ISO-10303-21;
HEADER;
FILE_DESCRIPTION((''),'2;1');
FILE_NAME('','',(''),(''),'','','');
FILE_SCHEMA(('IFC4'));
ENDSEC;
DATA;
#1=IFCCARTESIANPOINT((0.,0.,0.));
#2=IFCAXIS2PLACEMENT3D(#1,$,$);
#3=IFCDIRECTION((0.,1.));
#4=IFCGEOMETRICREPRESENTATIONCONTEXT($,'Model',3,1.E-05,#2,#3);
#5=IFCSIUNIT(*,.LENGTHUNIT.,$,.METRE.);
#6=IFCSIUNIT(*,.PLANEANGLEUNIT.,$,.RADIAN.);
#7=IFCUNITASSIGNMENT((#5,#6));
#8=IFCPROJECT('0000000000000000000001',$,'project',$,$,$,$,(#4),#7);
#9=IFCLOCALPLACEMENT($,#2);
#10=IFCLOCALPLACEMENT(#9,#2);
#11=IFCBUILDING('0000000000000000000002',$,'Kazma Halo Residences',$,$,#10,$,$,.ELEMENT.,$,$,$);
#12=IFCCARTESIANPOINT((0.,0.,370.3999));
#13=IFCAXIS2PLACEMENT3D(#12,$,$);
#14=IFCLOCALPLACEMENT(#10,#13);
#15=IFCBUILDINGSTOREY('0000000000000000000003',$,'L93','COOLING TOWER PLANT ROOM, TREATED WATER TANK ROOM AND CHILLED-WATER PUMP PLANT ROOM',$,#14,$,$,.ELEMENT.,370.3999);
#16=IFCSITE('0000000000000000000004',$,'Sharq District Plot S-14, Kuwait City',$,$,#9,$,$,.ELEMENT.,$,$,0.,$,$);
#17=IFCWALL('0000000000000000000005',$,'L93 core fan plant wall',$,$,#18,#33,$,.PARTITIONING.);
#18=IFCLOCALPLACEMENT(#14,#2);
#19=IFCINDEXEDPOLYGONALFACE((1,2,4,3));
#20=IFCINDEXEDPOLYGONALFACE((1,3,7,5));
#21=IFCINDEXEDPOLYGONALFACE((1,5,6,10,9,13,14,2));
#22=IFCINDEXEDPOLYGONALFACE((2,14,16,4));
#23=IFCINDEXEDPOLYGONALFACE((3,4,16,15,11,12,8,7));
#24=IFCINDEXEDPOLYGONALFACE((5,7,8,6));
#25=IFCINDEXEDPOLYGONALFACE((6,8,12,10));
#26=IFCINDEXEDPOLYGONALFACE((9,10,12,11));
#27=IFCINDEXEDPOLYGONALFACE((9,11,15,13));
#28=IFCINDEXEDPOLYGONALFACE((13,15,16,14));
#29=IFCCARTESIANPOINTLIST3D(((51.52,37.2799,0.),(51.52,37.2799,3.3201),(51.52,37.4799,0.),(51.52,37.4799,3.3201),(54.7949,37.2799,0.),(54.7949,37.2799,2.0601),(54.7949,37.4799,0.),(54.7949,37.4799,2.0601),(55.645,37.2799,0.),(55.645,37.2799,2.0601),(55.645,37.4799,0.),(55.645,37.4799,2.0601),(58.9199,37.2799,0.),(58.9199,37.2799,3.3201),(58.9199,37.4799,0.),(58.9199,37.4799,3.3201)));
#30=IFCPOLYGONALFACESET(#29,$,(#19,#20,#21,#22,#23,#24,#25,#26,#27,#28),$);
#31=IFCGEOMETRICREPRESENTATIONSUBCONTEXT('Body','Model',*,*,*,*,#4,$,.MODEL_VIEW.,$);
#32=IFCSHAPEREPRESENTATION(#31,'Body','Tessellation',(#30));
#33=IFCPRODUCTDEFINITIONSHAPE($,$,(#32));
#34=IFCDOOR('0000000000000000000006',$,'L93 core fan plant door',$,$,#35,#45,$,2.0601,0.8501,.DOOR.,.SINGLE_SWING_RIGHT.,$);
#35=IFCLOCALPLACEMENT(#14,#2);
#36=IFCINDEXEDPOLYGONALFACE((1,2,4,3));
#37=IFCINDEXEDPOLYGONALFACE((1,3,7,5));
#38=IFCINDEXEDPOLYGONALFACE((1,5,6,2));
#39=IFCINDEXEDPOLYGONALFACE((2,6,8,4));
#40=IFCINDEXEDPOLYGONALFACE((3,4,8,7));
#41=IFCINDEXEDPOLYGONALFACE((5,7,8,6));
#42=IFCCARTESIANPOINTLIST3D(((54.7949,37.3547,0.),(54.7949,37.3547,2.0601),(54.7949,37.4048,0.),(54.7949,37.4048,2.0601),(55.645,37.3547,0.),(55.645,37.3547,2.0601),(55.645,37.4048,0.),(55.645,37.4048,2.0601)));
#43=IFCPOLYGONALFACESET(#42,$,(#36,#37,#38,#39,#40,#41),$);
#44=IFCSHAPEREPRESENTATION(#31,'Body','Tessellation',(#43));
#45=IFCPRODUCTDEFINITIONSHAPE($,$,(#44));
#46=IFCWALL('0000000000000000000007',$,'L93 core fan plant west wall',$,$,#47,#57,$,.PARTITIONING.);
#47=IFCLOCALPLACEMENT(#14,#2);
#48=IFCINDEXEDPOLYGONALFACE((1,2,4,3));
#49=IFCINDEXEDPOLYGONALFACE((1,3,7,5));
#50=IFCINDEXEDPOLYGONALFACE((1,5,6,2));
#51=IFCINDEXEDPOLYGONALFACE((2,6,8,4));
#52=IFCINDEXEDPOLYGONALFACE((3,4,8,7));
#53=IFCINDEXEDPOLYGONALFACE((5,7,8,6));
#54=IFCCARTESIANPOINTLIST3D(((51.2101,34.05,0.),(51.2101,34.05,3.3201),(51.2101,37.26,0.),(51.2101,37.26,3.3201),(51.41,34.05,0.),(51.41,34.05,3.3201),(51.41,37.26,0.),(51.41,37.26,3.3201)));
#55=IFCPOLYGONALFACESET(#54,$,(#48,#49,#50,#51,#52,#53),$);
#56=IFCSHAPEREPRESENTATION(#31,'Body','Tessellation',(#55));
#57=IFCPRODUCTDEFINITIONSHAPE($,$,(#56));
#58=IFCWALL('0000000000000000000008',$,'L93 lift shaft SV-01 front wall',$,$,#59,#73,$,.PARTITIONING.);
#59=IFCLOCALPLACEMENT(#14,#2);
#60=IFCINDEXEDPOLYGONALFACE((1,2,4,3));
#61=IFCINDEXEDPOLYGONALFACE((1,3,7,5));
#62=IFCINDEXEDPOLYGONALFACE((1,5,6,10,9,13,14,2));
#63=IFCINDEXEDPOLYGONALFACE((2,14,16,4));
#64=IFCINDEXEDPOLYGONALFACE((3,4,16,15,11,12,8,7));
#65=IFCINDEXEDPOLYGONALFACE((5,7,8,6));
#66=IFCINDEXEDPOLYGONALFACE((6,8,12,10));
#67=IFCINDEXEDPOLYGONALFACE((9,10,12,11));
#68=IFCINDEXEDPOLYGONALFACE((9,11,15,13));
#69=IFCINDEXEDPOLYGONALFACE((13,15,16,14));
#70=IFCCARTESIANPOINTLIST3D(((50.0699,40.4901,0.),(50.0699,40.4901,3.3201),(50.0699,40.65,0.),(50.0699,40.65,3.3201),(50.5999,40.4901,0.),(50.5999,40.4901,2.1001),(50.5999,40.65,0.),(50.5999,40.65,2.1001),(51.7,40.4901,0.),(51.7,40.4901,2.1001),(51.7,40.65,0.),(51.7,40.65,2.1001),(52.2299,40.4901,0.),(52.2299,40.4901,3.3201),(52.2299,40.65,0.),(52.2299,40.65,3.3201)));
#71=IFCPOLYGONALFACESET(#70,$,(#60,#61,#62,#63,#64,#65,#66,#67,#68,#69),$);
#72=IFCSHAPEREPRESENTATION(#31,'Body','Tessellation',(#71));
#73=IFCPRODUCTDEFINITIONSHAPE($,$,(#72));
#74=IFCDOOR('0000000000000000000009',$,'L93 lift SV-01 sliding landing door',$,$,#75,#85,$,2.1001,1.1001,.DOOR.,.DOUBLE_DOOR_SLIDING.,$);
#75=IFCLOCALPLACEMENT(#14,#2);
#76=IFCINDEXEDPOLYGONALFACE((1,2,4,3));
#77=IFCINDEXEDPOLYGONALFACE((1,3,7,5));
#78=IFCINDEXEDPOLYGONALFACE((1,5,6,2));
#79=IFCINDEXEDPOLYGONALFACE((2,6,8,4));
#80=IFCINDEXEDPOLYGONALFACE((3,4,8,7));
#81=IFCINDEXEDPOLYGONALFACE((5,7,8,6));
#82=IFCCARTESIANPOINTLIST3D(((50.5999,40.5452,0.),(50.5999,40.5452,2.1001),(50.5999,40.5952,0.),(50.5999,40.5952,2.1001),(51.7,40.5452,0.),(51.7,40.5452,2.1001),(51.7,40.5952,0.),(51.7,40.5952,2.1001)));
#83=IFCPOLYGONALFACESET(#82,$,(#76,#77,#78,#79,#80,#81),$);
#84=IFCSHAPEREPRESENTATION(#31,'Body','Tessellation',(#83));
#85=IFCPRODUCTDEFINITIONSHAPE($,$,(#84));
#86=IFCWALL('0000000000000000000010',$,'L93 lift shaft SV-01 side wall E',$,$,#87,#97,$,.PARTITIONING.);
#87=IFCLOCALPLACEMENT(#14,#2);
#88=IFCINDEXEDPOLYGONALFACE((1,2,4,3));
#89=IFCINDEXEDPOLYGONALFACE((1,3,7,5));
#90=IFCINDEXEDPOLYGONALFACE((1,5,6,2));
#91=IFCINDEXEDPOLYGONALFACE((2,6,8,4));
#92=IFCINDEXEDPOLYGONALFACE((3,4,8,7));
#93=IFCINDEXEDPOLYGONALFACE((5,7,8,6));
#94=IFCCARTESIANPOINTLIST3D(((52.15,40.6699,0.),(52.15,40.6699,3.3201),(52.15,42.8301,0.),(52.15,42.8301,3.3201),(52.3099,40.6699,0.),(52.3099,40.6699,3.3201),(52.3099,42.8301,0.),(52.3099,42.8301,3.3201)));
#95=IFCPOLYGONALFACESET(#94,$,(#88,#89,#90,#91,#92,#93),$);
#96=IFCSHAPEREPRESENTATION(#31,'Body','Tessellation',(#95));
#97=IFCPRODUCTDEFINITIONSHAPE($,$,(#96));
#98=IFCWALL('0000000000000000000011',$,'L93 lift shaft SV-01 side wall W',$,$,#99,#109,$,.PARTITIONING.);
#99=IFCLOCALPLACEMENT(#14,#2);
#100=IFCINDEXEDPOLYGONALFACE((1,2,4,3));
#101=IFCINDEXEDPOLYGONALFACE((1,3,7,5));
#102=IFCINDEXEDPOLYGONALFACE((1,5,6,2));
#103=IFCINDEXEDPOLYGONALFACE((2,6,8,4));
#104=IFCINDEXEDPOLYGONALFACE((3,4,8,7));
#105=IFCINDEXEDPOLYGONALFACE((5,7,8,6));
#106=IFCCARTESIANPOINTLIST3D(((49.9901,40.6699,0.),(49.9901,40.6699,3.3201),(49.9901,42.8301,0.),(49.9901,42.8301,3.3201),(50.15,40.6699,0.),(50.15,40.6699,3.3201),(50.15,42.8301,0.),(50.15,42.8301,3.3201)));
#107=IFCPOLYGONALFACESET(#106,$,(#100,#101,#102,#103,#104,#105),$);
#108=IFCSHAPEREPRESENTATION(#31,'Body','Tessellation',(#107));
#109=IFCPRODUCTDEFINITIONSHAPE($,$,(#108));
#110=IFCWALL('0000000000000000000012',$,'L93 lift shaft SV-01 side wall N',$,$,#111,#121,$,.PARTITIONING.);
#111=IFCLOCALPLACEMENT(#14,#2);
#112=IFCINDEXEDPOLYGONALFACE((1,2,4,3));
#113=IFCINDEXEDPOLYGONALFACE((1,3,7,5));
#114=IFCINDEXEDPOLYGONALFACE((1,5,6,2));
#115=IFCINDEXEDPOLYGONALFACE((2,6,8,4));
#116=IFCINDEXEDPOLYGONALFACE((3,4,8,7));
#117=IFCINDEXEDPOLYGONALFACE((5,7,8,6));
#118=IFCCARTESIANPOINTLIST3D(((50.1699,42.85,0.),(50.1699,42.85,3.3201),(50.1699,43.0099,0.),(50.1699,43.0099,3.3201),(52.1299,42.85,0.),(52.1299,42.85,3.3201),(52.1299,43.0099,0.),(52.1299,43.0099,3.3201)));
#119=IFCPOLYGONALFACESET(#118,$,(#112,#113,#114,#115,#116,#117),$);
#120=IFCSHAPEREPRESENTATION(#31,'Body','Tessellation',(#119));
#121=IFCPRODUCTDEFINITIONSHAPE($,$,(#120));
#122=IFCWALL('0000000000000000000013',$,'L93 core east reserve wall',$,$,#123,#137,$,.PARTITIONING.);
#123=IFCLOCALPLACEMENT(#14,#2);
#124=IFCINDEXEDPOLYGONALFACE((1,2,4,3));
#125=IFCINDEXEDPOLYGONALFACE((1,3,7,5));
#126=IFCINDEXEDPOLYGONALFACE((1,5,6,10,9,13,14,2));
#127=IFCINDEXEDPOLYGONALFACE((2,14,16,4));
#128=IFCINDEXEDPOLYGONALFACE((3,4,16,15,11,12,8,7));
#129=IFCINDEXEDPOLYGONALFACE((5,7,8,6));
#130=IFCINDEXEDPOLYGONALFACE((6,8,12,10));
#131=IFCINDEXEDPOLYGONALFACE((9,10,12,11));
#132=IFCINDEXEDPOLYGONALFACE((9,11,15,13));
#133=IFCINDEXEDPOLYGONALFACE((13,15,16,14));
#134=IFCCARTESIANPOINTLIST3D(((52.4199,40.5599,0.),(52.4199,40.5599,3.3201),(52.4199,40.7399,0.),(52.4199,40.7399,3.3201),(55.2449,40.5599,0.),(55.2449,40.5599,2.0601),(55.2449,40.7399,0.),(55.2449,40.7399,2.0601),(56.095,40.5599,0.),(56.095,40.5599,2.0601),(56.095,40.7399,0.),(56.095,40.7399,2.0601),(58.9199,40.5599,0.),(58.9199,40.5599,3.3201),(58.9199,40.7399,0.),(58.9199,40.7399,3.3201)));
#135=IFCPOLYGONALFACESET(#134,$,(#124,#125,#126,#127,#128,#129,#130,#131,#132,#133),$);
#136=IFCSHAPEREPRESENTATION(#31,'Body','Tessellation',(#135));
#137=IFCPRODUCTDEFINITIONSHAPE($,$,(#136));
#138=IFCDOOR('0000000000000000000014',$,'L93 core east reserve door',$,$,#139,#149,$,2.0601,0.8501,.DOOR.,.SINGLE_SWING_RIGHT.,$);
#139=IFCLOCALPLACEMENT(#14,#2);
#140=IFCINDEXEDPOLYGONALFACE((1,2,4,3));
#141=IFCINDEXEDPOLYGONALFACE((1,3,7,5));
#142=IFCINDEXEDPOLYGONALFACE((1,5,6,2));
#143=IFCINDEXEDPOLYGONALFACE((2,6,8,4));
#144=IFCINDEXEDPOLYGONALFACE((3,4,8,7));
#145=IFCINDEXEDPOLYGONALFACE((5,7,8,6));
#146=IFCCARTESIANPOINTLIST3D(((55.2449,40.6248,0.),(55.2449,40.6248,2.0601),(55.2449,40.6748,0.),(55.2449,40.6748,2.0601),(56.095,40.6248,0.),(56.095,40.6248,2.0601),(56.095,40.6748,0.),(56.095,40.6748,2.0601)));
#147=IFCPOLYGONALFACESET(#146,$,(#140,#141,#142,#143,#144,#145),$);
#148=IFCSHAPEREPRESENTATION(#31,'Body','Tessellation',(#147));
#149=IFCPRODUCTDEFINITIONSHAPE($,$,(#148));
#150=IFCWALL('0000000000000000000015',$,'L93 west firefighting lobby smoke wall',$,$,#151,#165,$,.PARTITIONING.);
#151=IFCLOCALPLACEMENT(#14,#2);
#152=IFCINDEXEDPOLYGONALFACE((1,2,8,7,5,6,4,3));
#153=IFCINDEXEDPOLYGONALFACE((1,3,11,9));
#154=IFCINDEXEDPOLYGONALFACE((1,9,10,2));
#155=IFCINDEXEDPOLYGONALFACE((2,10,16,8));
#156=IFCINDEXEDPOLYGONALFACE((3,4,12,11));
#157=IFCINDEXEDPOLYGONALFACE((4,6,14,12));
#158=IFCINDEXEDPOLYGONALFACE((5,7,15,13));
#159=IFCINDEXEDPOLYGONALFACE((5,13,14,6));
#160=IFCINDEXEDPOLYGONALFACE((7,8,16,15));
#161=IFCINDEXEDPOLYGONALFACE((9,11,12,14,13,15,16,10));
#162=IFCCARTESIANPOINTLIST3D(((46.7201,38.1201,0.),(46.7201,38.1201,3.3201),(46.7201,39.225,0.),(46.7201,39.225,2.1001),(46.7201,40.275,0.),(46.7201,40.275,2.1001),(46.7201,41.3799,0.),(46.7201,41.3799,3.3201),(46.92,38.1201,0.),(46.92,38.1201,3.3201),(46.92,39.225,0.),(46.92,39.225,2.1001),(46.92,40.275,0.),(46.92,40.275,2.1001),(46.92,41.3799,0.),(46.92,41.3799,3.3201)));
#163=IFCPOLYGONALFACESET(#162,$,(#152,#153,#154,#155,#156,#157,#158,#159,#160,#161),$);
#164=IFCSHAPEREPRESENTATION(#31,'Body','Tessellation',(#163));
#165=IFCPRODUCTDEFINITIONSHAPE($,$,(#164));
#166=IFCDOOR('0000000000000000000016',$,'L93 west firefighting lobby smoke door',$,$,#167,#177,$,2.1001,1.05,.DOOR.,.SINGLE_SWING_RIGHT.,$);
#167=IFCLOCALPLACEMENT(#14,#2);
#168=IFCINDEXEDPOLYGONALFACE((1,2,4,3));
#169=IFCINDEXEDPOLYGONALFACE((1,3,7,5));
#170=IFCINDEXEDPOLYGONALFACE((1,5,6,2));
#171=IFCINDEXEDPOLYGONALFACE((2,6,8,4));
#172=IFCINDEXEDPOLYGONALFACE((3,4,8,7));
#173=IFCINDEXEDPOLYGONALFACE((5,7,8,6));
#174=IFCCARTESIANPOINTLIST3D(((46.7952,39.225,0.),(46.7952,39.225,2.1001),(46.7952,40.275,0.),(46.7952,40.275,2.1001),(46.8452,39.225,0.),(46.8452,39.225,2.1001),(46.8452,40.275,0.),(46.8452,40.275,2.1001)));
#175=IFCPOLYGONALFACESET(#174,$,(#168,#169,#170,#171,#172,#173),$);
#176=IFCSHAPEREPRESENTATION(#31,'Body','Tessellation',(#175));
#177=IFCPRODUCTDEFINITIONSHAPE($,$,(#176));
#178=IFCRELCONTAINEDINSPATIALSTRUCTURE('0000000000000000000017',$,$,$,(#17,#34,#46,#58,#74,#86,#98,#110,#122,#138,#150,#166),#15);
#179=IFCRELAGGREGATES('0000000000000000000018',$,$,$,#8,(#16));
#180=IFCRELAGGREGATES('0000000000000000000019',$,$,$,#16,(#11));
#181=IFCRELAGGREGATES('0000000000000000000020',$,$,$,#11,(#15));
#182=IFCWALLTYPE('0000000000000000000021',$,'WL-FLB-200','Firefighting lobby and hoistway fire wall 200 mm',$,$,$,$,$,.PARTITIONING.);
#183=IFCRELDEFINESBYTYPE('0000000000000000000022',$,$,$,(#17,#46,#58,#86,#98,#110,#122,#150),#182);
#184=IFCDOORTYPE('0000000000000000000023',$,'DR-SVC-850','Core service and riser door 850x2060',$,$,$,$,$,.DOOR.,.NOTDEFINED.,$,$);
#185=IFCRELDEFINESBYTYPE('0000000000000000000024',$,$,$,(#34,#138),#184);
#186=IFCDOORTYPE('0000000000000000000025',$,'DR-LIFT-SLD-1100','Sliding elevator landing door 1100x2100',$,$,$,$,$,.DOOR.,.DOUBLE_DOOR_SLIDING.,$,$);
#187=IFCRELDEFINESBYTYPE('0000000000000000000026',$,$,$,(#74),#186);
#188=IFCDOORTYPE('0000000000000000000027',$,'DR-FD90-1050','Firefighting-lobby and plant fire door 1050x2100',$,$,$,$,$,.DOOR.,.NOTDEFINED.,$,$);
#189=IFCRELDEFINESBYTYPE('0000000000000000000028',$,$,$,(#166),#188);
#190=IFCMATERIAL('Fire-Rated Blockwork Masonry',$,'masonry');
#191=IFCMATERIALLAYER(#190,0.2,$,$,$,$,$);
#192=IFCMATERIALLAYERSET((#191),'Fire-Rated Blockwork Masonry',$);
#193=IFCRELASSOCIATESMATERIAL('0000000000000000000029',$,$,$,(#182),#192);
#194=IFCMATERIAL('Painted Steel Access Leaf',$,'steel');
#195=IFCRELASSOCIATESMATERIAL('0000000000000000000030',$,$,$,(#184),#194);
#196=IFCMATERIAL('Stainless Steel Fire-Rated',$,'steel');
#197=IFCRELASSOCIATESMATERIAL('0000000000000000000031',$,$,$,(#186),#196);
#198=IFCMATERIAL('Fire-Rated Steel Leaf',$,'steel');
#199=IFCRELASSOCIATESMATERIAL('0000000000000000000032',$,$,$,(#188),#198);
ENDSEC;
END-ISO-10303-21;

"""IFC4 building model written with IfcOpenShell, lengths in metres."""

from ifc_helpers import new_model, si_unit, direction, frame, frame_2d, origin, place, context, subcontext, project, spatial, rectangle, extrude, material, layer, layer_set, type_object, element, fill, save


model = new_model("IFC4")

# Units and contexts
model_context = context("Model", 3, precision=1e-05, world=origin(), true_north=direction((0.0, 1.0)))
body_context = subcontext(model_context, "Body", "Model", "MODEL_VIEW")
ifc_project = project(units=[si_unit("LENGTHUNIT", "METRE"), si_unit("PLANEANGLEUNIT", "RADIAN")], contexts=[model_context])

# Site, building, storey
site_placement = place(None, origin())
site = spatial("IfcSite", under=ifc_project, at=site_placement, Name="Sharq District Plot S-14, Kuwait City", CompositionType="ELEMENT", RefElevation=0.0)
building_placement = place(site_placement, origin())
building = spatial("IfcBuilding", under=site, at=building_placement, Name="Kazma Halo Residences", CompositionType="ELEMENT")
storey_placement = place(building_placement, frame((0.0, 0.0, 370.3999)))
storey = spatial("IfcBuildingStorey", under=building, at=storey_placement, Name="L93", Description="COOLING TOWER PLANT ROOM, TREATED WATER TANK ROOM AND CHILLED-WATER PUMP PLANT ROOM", CompositionType="ELEMENT", Elevation=370.3999)

# Wall, opening, door
ifc_material_1 = material(Name="Fire-Rated Blockwork Masonry", Category="masonry")
ifc_layer_1 = layer(ifc_material_1, 0.2)
ifc_layer_set_1 = layer_set([ifc_layer_1], Name="Fire-Rated Blockwork Masonry")
wall_type_1 = type_object("IfcWallType", Name="WL-FLB-200", Description="Firefighting lobby and hoistway fire wall 200 mm", PredefinedType="PARTITIONING", material=ifc_layer_set_1)
wall_1_placement = place(storey_placement, frame((51.52, 37.3799, 0.0), z_axis=(0.0, 0.0, 1.0), x_axis=(1.0, 0.0, 0.0)))
wall_1 = element("IfcWall", 1, at=wall_1_placement, inside=storey, type_object=wall_type_1, Name="L93 core fan plant wall", PredefinedType="PARTITIONING", context=body_context, shape_type="SweptSolid", body=[
    extrude(rectangle(XDim=7.3999, YDim=0.2, at=frame_2d((3.7, 0.0))), origin(), (0.0, 0.0, 1.0), 3.3201),
])
opening_1_placement = place(wall_1_placement, frame((3.2749, 0.0, 0.0)))
opening_1 = element("IfcOpeningElement", 2, at=opening_1_placement, cuts=wall_1, PredefinedType="OPENING", context=body_context, shape_type="SweptSolid", body=[
    extrude(rectangle(XDim=0.8501, YDim=2.0601, at=frame_2d((0.425, 1.03))), frame((0.0, 0.1099, 0.0), z_axis=(0.0, -1.0, 0.0), x_axis=(1.0, 0.0, 0.0)), (0.0, 0.0, 1.0), 0.22),
])
ifc_material_2 = material(Name="Painted Steel Access Leaf", Category="steel")
door_type_1 = type_object("IfcDoorType", Name="DR-SVC-850", Description="Core service and riser door 850x2060", OperationType="NOTDEFINED", PredefinedType="DOOR", material=ifc_material_2)
door_1_placement = place(opening_1_placement, origin())
door_1 = element("IfcDoor", 3, at=door_1_placement, inside=storey, type_object=door_type_1, Name="L93 core fan plant door", OperationType="SINGLE_SWING_RIGHT", OverallHeight=2.0601, OverallWidth=0.8501, PredefinedType="DOOR", context=body_context, shape_type="SweptSolid", body=[
    extrude(rectangle(XDim=0.8501, YDim=2.0601, at=frame_2d((0.425, 1.03))), frame((0.0, 0.0249, 0.0), z_axis=(0.0, -1.0, 0.0), x_axis=(1.0, 0.0, 0.0)), (0.0, 0.0, 1.0), 0.05),
])
fill(opening_1, door_1)

# Wall
wall_2_placement = place(storey_placement, frame((51.3101, 34.05, 0.0), z_axis=(0.0, 0.0, 1.0), x_axis=(0.0, 1.0, 0.0)))
element("IfcWall", 4, at=wall_2_placement, inside=storey, type_object=wall_type_1, Name="L93 core fan plant west wall", PredefinedType="PARTITIONING", context=body_context, shape_type="SweptSolid", body=[
    extrude(rectangle(XDim=3.21, YDim=0.2, at=frame_2d((1.605, 0.0))), origin(), (0.0, 0.0, 1.0), 3.3201),
])

# Wall, opening, door
wall_3_placement = place(storey_placement, frame((52.23, 40.5701, 0.0), z_axis=(0.0, 0.0, 1.0), x_axis=(-1.0, 0.0, 0.0)))
wall_3 = element("IfcWall", 5, at=wall_3_placement, inside=storey, type_object=wall_type_1, Name="L93 lift shaft SV-01 front wall", PredefinedType="PARTITIONING", context=body_context, shape_type="SweptSolid", body=[
    extrude(rectangle(XDim=2.1599, YDim=0.1599, at=frame_2d((1.0801, 0.0))), origin(), (0.0, 0.0, 1.0), 3.3201),
])
opening_2_placement = place(wall_3_placement, frame((0.53, 0.0, 0.0)))
opening_2 = element("IfcOpeningElement", 6, at=opening_2_placement, cuts=wall_3, PredefinedType="OPENING", context=body_context, shape_type="SweptSolid", body=[
    extrude(rectangle(XDim=1.1001, YDim=2.1001, at=frame_2d((0.55, 1.05))), frame((0.0, 0.0898, 0.0), z_axis=(0.0, -1.0, 0.0), x_axis=(1.0, 0.0, 0.0)), (0.0, 0.0, 1.0), 0.1799),
])
ifc_material_3 = material(Name="Stainless Steel Fire-Rated", Category="steel")
door_type_2 = type_object("IfcDoorType", Name="DR-LIFT-SLD-1100", Description="Sliding elevator landing door 1100x2100", OperationType="DOUBLE_DOOR_SLIDING", PredefinedType="DOOR", material=ifc_material_3)
door_2_placement = place(opening_2_placement, origin())
door_2 = element("IfcDoor", 7, at=door_2_placement, inside=storey, type_object=door_type_2, Name="L93 lift SV-01 sliding landing door", OperationType="DOUBLE_DOOR_SLIDING", OverallHeight=2.1001, OverallWidth=1.1001, PredefinedType="DOOR", context=body_context, shape_type="SweptSolid", body=[
    extrude(rectangle(XDim=1.1001, YDim=2.1001, at=frame_2d((0.55, 1.05))), frame((0.0, 0.0249, 0.0), z_axis=(0.0, -1.0, 0.0), x_axis=(1.0, 0.0, 0.0)), (0.0, 0.0, 1.0), 0.05),
])
fill(opening_2, door_2)

# Walls
for number, where, z_axis, x_axis, name in (
    (8, (52.23, 40.6699, 0.0), (0.0, 0.0, 1.0), (0.0, 1.0, 0.0), "L93 lift shaft SV-01 side wall E"),
    (9, (50.0701, 40.6699, 0.0), (0.0, 0.0, 1.0), (0.0, 1.0, 0.0), "L93 lift shaft SV-01 side wall W"),
):
    element("IfcWall", number, at=place(storey_placement, frame(where, z_axis=z_axis, x_axis=x_axis)), inside=storey, type_object=wall_type_1, Name=name, PredefinedType="PARTITIONING", context=body_context, shape_type="SweptSolid", body=[
        extrude(rectangle(XDim=2.1602, YDim=0.1599, at=frame_2d((1.0801, 0.0))), origin(), (0.0, 0.0, 1.0), 3.3201),
    ])
wall_4_placement = place(storey_placement, frame((50.1699, 42.9299, 0.0), z_axis=(0.0, 0.0, 1.0), x_axis=(1.0, 0.0, 0.0)))
element("IfcWall", 10, at=wall_4_placement, inside=storey, type_object=wall_type_1, Name="L93 lift shaft SV-01 side wall N", PredefinedType="PARTITIONING", context=body_context, shape_type="SweptSolid", body=[
    extrude(rectangle(XDim=1.96, YDim=0.1599, at=frame_2d((0.98, 0.0))), origin(), (0.0, 0.0, 1.0), 3.3201),
])

# Walls, openings, doors
wall_5_placement = place(storey_placement, frame((52.4199, 40.6499, 0.0), z_axis=(0.0, 0.0, 1.0), x_axis=(1.0, 0.0, 0.0)))
wall_5 = element("IfcWall", 11, at=wall_5_placement, inside=storey, type_object=wall_type_1, Name="L93 core east reserve wall", PredefinedType="PARTITIONING", context=body_context, shape_type="SweptSolid", body=[
    extrude(rectangle(XDim=6.5, YDim=0.1799, at=frame_2d((3.25, 0.0))), origin(), (0.0, 0.0, 1.0), 3.3201),
])
opening_3_placement = place(wall_5_placement, frame((2.825, 0.0, 0.0)))
opening_3 = element("IfcOpeningElement", 12, at=opening_3_placement, cuts=wall_5, PredefinedType="OPENING", context=body_context, shape_type="SweptSolid", body=[
    extrude(rectangle(XDim=0.8501, YDim=2.0601, at=frame_2d((0.425, 1.03))), frame((0.0, 0.0999, 0.0), z_axis=(0.0, -1.0, 0.0), x_axis=(1.0, 0.0, 0.0)), (0.0, 0.0, 1.0), 0.2),
])
door_3_placement = place(opening_3_placement, origin())
door_3 = element("IfcDoor", 13, at=door_3_placement, inside=storey, type_object=door_type_1, Name="L93 core east reserve door", OperationType="SINGLE_SWING_RIGHT", OverallHeight=2.0601, OverallWidth=0.8501, PredefinedType="DOOR", context=body_context, shape_type="SweptSolid", body=[
    extrude(rectangle(XDim=0.8501, YDim=2.0601, at=frame_2d((0.425, 1.03))), frame((0.0, 0.0249, 0.0), z_axis=(0.0, -1.0, 0.0), x_axis=(1.0, 0.0, 0.0)), (0.0, 0.0, 1.0), 0.05),
])
fill(opening_3, door_3)
wall_6_placement = place(storey_placement, frame((46.8201, 38.1201, 0.0), z_axis=(0.0, 0.0, 1.0), x_axis=(0.0, 1.0, 0.0)))
wall_6 = element("IfcWall", 14, at=wall_6_placement, inside=storey, type_object=wall_type_1, Name="L93 west firefighting lobby smoke wall", PredefinedType="PARTITIONING", context=body_context, shape_type="SweptSolid", body=[
    extrude(rectangle(XDim=3.2598, YDim=0.2, at=frame_2d((1.6299, 0.0))), origin(), (0.0, 0.0, 1.0), 3.3201),
])
opening_4_placement = place(wall_6_placement, frame((1.105, 0.0, 0.0)))
opening_4 = element("IfcOpeningElement", 15, at=opening_4_placement, cuts=wall_6, PredefinedType="OPENING", context=body_context, shape_type="SweptSolid", body=[
    extrude(rectangle(XDim=1.05, YDim=2.1001, at=frame_2d((0.5249, 1.05))), frame((0.0, 0.1099, 0.0), z_axis=(0.0, -1.0, 0.0), x_axis=(1.0, 0.0, 0.0)), (0.0, 0.0, 1.0), 0.22),
])
ifc_material_4 = material(Name="Fire-Rated Steel Leaf", Category="steel")
door_type_3 = type_object("IfcDoorType", Name="DR-FD90-1050", Description="Firefighting-lobby and plant fire door 1050x2100", OperationType="NOTDEFINED", PredefinedType="DOOR", material=ifc_material_4)
door_4_placement = place(opening_4_placement, origin())
door_4 = element("IfcDoor", 16, at=door_4_placement, inside=storey, type_object=door_type_3, Name="L93 west firefighting lobby smoke door", OperationType="SINGLE_SWING_RIGHT", OverallHeight=2.1001, OverallWidth=1.05, PredefinedType="DOOR", context=body_context, shape_type="SweptSolid", body=[
    extrude(rectangle(XDim=1.05, YDim=2.1001, at=frame_2d((0.5249, 1.05))), frame((0.0, 0.0249, 0.0), z_axis=(0.0, -1.0, 0.0), x_axis=(1.0, 0.0, 0.0)), (0.0, 0.0, 1.0), 0.05),
])
fill(opening_4, door_4)

save(model, "model.ifc")
